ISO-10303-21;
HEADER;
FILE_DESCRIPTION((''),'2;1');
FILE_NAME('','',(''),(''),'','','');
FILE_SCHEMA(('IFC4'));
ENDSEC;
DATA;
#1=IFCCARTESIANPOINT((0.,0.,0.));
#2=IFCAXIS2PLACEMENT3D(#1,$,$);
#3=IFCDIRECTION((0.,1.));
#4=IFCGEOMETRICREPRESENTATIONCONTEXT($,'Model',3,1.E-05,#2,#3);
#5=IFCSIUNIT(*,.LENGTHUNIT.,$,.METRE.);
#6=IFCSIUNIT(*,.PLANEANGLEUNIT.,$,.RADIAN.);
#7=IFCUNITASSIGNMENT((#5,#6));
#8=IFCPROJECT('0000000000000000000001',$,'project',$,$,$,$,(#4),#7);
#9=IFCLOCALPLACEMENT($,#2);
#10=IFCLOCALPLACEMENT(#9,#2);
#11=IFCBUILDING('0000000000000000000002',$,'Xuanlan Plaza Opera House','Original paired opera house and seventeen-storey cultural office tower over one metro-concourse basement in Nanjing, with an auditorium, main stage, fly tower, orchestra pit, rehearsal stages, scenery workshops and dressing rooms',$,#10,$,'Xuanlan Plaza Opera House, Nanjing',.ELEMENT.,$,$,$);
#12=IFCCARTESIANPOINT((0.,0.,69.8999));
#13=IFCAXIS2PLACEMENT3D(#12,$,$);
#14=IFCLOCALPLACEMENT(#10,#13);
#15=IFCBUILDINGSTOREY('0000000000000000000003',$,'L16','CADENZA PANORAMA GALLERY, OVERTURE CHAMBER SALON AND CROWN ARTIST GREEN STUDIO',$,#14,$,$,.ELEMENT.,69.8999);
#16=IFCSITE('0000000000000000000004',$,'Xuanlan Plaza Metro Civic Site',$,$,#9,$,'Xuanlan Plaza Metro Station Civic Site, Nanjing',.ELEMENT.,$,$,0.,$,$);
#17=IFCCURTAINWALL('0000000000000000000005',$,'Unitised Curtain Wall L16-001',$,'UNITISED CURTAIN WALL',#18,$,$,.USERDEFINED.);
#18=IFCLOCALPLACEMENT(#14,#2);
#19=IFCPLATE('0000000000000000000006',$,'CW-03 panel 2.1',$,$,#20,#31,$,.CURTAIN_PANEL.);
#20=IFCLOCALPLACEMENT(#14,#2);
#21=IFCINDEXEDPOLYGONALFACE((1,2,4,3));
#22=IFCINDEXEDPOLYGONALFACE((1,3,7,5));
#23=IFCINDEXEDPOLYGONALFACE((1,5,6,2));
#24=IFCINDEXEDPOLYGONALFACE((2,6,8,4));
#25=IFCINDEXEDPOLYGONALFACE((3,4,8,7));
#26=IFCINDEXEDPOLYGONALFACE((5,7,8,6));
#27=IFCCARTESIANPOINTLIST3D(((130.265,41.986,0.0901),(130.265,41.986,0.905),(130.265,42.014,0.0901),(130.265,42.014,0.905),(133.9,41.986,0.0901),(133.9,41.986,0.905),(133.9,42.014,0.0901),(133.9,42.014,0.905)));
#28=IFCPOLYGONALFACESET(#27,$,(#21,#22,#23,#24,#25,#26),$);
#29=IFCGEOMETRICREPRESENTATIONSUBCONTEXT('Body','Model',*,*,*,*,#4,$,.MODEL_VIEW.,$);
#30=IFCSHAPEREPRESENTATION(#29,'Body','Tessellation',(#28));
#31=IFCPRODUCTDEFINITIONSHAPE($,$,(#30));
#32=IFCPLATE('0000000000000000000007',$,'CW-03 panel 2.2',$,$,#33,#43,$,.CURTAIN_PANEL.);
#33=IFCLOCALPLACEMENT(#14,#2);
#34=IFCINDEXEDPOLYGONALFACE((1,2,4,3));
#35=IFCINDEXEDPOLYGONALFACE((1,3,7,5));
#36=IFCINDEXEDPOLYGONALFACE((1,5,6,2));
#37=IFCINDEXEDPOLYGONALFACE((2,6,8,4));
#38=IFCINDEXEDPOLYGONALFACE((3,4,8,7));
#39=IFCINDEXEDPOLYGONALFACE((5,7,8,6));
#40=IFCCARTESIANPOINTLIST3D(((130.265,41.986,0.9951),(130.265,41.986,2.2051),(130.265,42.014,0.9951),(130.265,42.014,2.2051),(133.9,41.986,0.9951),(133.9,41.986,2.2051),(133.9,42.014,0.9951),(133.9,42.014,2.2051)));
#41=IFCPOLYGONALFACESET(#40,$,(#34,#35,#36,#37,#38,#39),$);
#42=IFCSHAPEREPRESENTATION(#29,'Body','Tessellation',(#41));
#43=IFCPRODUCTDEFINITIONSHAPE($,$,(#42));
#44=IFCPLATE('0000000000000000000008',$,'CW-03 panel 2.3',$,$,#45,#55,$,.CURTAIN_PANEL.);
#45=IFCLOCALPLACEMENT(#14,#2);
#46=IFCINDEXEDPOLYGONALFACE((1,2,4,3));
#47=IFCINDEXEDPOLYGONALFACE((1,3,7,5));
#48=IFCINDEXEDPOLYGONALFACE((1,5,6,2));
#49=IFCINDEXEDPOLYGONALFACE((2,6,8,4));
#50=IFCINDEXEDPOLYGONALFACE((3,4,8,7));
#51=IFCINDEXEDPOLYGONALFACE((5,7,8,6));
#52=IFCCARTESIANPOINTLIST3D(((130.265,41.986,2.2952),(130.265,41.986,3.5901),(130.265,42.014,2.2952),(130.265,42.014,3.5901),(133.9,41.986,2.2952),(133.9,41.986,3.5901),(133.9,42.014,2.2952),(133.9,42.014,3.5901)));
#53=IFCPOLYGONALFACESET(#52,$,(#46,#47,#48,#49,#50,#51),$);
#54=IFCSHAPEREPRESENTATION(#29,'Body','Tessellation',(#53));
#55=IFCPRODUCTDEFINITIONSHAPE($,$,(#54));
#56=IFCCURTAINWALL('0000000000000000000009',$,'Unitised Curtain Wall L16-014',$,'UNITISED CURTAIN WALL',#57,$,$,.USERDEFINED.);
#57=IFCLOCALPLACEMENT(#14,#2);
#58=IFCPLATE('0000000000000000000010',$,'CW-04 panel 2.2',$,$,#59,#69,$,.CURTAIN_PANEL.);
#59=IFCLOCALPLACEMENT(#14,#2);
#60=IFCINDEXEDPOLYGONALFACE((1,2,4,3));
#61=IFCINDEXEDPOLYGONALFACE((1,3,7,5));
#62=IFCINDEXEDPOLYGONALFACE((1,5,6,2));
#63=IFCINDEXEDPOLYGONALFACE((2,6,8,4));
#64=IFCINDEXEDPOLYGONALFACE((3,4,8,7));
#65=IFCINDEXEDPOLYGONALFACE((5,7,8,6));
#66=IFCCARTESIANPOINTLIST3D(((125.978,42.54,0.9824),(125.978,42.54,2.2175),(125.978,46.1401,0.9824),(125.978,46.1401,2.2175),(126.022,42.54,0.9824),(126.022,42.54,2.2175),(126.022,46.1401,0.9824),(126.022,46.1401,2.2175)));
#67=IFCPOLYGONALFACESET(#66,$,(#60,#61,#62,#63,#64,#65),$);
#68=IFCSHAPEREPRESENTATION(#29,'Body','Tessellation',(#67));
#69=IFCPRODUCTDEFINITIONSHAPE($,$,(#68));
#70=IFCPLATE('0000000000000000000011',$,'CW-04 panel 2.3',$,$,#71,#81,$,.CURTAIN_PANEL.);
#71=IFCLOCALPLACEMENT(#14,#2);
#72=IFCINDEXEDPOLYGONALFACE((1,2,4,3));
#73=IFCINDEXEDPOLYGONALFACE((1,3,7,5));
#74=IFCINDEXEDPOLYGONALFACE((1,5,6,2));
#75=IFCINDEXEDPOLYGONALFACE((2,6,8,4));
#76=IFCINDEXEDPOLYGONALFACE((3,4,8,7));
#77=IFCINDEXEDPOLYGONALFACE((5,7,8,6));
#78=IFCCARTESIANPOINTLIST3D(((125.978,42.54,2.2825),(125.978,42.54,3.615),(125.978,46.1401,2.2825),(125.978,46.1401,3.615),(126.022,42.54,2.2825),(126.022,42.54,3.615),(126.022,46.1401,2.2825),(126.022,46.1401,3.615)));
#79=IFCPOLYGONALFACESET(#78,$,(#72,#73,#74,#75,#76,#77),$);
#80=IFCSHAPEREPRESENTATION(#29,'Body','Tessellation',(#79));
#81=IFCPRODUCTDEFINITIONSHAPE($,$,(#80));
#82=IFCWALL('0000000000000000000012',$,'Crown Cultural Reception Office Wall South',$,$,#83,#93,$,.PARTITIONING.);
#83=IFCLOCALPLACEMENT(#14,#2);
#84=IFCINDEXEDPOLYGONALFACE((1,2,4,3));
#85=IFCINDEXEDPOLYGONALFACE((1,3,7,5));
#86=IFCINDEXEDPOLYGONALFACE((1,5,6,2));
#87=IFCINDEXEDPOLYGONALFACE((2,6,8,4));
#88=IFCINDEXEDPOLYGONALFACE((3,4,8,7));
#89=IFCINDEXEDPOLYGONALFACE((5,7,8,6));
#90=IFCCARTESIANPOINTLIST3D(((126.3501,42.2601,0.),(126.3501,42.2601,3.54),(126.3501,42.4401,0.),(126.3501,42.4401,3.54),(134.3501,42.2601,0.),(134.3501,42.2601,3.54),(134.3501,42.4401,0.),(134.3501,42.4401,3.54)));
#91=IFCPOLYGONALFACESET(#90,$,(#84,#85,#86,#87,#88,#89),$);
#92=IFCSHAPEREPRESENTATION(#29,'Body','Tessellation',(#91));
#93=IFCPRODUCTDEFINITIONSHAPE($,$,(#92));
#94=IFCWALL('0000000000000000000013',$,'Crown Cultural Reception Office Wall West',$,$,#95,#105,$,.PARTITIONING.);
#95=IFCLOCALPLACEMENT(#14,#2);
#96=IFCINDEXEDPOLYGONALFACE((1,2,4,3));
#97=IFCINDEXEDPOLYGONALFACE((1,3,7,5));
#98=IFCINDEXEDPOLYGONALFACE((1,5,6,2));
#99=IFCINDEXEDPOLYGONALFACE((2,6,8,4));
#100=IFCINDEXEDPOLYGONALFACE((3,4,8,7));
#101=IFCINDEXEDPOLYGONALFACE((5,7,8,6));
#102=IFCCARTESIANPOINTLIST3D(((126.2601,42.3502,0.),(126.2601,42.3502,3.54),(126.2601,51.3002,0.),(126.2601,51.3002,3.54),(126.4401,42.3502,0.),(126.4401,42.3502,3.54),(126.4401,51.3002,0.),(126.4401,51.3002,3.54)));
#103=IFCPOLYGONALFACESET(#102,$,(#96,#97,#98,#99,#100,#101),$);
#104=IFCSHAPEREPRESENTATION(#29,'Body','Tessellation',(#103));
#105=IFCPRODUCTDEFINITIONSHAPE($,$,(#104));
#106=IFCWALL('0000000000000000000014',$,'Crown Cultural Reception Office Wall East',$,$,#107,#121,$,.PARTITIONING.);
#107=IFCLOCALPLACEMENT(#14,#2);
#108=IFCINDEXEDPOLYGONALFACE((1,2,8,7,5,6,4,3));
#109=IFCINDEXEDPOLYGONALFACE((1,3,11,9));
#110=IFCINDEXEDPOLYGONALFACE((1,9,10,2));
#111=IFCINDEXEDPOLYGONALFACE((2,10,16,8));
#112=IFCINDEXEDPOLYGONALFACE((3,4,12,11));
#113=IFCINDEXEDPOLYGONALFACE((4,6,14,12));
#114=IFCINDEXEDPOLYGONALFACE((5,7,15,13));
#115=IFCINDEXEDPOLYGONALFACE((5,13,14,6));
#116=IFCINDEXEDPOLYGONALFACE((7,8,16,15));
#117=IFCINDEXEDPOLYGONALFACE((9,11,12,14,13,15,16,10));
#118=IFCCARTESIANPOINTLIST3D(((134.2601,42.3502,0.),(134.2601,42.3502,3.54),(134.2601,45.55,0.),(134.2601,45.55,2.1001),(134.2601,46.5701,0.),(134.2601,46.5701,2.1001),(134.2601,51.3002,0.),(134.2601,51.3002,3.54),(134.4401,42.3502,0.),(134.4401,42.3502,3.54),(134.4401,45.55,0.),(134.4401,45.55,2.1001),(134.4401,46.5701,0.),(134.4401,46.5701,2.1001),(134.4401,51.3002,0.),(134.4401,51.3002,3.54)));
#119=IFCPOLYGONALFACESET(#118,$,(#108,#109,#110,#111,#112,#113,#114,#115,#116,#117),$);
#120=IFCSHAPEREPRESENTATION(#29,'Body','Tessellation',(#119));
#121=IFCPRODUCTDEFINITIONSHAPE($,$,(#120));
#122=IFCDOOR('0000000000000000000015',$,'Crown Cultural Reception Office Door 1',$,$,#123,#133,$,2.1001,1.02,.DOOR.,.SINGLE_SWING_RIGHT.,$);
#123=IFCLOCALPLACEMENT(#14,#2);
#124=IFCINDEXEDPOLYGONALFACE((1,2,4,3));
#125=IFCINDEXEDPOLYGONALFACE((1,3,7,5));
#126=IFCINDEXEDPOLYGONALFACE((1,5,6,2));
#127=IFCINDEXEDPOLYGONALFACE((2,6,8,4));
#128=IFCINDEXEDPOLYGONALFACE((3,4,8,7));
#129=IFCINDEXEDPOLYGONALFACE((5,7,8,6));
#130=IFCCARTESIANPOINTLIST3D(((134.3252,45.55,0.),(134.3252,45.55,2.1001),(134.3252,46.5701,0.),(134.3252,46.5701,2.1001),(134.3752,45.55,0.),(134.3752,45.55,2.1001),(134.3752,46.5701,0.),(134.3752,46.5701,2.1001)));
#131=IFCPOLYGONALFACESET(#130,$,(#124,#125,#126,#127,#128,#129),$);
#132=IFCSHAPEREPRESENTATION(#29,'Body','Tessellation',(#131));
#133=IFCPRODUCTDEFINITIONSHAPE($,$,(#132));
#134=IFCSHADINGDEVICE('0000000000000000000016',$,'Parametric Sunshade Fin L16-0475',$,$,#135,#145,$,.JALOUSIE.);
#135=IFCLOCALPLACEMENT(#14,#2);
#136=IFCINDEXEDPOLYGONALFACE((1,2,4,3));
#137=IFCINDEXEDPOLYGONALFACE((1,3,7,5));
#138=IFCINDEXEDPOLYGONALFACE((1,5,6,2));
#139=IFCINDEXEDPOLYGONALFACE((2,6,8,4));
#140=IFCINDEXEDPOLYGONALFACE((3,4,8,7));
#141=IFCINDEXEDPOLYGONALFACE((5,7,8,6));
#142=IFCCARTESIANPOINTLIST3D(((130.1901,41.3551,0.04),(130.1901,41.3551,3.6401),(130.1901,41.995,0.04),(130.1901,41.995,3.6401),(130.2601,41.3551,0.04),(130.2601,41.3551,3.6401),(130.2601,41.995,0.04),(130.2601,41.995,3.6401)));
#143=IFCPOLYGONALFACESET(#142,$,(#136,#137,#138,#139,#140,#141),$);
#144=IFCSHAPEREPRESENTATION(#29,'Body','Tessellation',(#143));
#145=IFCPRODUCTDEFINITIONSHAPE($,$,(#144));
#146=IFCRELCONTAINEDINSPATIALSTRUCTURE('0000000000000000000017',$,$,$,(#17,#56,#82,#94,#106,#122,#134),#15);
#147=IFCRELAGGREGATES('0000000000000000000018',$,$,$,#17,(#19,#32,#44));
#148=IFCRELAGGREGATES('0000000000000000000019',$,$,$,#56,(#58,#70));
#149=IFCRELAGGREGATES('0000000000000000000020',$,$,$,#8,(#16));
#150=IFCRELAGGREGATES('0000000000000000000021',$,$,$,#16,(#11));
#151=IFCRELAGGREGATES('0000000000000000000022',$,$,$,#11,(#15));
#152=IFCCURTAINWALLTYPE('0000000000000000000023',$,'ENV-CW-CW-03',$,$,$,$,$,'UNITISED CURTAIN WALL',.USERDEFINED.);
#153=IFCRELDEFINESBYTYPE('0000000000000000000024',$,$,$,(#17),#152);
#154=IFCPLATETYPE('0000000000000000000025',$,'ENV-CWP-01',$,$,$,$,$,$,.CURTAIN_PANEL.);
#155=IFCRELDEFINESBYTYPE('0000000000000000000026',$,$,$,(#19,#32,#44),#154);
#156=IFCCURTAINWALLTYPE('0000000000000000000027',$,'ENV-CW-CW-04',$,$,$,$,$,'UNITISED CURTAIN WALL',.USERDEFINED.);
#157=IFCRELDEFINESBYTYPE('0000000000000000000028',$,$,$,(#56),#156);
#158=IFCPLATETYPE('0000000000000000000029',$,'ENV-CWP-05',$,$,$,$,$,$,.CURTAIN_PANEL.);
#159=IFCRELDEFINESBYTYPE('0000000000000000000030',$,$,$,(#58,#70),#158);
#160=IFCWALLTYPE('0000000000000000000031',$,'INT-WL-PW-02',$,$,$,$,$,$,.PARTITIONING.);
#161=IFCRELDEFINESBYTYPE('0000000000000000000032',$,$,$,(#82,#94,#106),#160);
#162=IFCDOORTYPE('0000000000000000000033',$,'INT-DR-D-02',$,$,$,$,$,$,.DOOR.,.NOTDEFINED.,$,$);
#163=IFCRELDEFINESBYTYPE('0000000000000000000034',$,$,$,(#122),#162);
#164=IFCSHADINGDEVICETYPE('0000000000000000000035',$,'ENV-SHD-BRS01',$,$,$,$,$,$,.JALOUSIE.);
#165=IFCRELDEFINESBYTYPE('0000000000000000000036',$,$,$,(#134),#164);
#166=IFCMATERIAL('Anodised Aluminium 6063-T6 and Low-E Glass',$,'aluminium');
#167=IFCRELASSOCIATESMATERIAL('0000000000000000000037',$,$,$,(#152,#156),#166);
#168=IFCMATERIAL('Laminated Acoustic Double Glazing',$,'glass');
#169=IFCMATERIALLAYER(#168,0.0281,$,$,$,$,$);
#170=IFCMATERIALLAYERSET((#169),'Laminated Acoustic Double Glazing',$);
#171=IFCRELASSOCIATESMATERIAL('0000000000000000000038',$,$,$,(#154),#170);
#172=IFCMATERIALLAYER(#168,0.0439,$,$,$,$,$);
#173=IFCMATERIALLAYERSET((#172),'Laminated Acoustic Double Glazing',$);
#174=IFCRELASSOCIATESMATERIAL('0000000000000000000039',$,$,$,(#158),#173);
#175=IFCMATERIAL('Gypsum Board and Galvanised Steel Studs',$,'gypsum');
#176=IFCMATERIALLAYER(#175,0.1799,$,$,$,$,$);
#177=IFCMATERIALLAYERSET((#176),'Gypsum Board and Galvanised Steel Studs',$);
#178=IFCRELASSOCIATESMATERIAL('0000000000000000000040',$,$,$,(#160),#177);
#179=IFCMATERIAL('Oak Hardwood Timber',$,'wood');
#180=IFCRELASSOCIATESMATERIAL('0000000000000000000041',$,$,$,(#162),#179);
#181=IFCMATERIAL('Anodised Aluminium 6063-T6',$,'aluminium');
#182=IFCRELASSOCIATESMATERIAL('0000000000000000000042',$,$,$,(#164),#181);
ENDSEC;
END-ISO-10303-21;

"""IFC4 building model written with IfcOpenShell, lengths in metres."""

from ifc_helpers import new_model, si_unit, direction, frame, frame_2d, origin, origin_2d, place, context, subcontext, project, spatial, rectangle, extrude, material, layer, layer_set, type_object, element, fill, aggregate, save


model = new_model("IFC4")

# Units and contexts
model_context = context("Model", 3, precision=1e-05, world=origin(), true_north=direction((0.0, 1.0)))
body_context = subcontext(model_context, "Body", "Model", "MODEL_VIEW")
ifc_project = project(units=[si_unit("LENGTHUNIT", "METRE"), si_unit("PLANEANGLEUNIT", "RADIAN")], contexts=[model_context])

# Site, building, storey
site_placement = place(None, origin())
site = spatial("IfcSite", under=ifc_project, at=site_placement, Name="Xuanlan Plaza Metro Civic Site", LongName="Xuanlan Plaza Metro Station Civic Site, Nanjing", CompositionType="ELEMENT", RefElevation=0.0)
building_placement = place(site_placement, origin())
building = spatial("IfcBuilding", under=site, at=building_placement, Name="Xuanlan Plaza Opera House", Description="Original paired opera house and seventeen-storey cultural office tower over one metro-concourse basement in Nanjing, with an auditorium, main stage, fly tower, orchestra pit, rehearsal stages, scenery workshops and dressing rooms", LongName="Xuanlan Plaza Opera House, Nanjing", CompositionType="ELEMENT")
storey_placement = place(building_placement, frame((0.0, 0.0, 69.8999)))
storey = spatial("IfcBuildingStorey", under=building, at=storey_placement, Name="L16", Description="CADENZA PANORAMA GALLERY, OVERTURE CHAMBER SALON AND CROWN ARTIST GREEN STUDIO", CompositionType="ELEMENT", Elevation=69.8999)

# Curtain wall, plates
ifc_material_1 = material(Name="Anodised Aluminium 6063-T6 and Low-E Glass", Category="aluminium")
curtain_wall_type_1 = type_object("IfcCurtainWallType", Name="ENV-CW-CW-03", ElementType="UNITISED CURTAIN WALL", PredefinedType="USERDEFINED", material=ifc_material_1)
curtain_wall_1_placement = place(storey_placement, origin())
curtain_wall_1 = element("IfcCurtainWall", 1, at=curtain_wall_1_placement, inside=storey, type_object=curtain_wall_type_1, Name="Unitised Curtain Wall L16-001", ObjectType="UNITISED CURTAIN WALL", PredefinedType="USERDEFINED")
ifc_material_2 = material(Name="Anodised Aluminium 6063-T6", Category="aluminium")
ifc_material_3 = material(Name="Laminated Acoustic Double Glazing", Category="glass")
ifc_layer_1 = layer(ifc_material_3, 0.0281)
ifc_layer_set_1 = layer_set([ifc_layer_1], Name="Laminated Acoustic Double Glazing")
plate_type_1 = type_object("IfcPlateType", Name="ENV-CWP-01", PredefinedType="CURTAIN_PANEL", material=ifc_layer_set_1)
plate_1_placement = place(storey_placement, frame((132.0825, 42.0, 0.0901), z_axis=(0.0, 0.0, 1.0), x_axis=(1.0, 0.0, 0.0)))
plate_1 = element("IfcPlate", 2, at=plate_1_placement, type_object=plate_type_1, Name="CW-03 panel 2.1", PredefinedType="CURTAIN_PANEL", context=body_context, shape_type="SweptSolid", body=[
    extrude(rectangle(XDim=3.635, YDim=0.0281, at=origin_2d()), origin(), (0.0, 0.0, 1.0), 0.8149),
])
plate_2_placement = place(storey_placement, frame((132.0825, 42.0, 0.9951), z_axis=(0.0, 0.0, 1.0), x_axis=(1.0, 0.0, 0.0)))
plate_2 = element("IfcPlate", 3, at=plate_2_placement, type_object=plate_type_1, Name="CW-03 panel 2.2", PredefinedType="CURTAIN_PANEL", context=body_context, shape_type="SweptSolid", body=[
    extrude(rectangle(XDim=3.635, YDim=0.0281, at=origin_2d()), origin(), (0.0, 0.0, 1.0), 1.21),
])
plate_3_placement = place(storey_placement, frame((132.0825, 42.0, 2.2952), z_axis=(0.0, 0.0, 1.0), x_axis=(1.0, 0.0, 0.0)))
plate_3 = element("IfcPlate", 4, at=plate_3_placement, type_object=plate_type_1, Name="CW-03 panel 2.3", PredefinedType="CURTAIN_PANEL", context=body_context, shape_type="SweptSolid", body=[
    extrude(rectangle(XDim=3.635, YDim=0.0281, at=origin_2d()), origin(), (0.0, 0.0, 1.0), 1.2949),
])
aggregate(curtain_wall_1, [plate_1, plate_2, plate_3])

# Curtain wall, plates
curtain_wall_type_2 = type_object("IfcCurtainWallType", Name="ENV-CW-CW-04", ElementType="UNITISED CURTAIN WALL", PredefinedType="USERDEFINED", material=ifc_material_1)
curtain_wall_2_placement = place(storey_placement, origin())
curtain_wall_2 = element("IfcCurtainWall", 5, at=curtain_wall_2_placement, inside=storey, type_object=curtain_wall_type_2, Name="Unitised Curtain Wall L16-014", ObjectType="UNITISED CURTAIN WALL", PredefinedType="USERDEFINED")
ifc_layer_2 = layer(ifc_material_3, 0.0439)
ifc_layer_set_2 = layer_set([ifc_layer_2], Name="Laminated Acoustic Double Glazing")
plate_type_2 = type_object("IfcPlateType", Name="ENV-CWP-05", PredefinedType="CURTAIN_PANEL", material=ifc_layer_set_2)
plate_4_placement = place(storey_placement, frame((126.0, 44.3401, 0.9824), z_axis=(0.0, 0.0, 1.0), x_axis=(0.0, -1.0, 0.0)))
plate_4 = element("IfcPlate", 6, at=plate_4_placement, type_object=plate_type_2, Name="CW-04 panel 2.2", PredefinedType="CURTAIN_PANEL", context=body_context, shape_type="SweptSolid", body=[
    extrude(rectangle(XDim=3.6001, YDim=0.0439, at=origin_2d()), origin(), (0.0, 0.0, 1.0), 1.2351),
])
plate_5_placement = place(storey_placement, frame((126.0, 44.3401, 2.2825), z_axis=(0.0, 0.0, 1.0), x_axis=(0.0, -1.0, 0.0)))
plate_5 = element("IfcPlate", 7, at=plate_5_placement, type_object=plate_type_2, Name="CW-04 panel 2.3", PredefinedType="CURTAIN_PANEL", context=body_context, shape_type="SweptSolid", body=[
    extrude(rectangle(XDim=3.6001, YDim=0.0439, at=origin_2d()), origin(), (0.0, 0.0, 1.0), 1.3325),
])
aggregate(curtain_wall_2, [plate_4, plate_5])

# Walls
ifc_material_4 = material(Name="Gypsum Board and Galvanised Steel Studs", Category="gypsum")
ifc_layer_3 = layer(ifc_material_4, 0.1799)
ifc_layer_set_3 = layer_set([ifc_layer_3], Name="Gypsum Board and Galvanised Steel Studs")
wall_type = type_object("IfcWallType", Name="INT-WL-PW-02", PredefinedType="PARTITIONING", material=ifc_layer_set_3)
wall_1_placement = place(storey_placement, frame((126.3501, 42.3501, 0.0), z_axis=(0.0, 0.0, 1.0), x_axis=(1.0, 0.0, 0.0)))
element("IfcWall", 8, at=wall_1_placement, inside=storey, type_object=wall_type, Name="Crown Cultural Reception Office Wall South", PredefinedType="PARTITIONING", context=body_context, shape_type="SweptSolid", body=[
    extrude(rectangle(XDim=8.0, YDim=0.1799, at=frame_2d((4.0, 0.0))), origin(), (0.0, 0.0, 1.0), 3.54),
])
wall_2_placement = place(storey_placement, frame((126.3501, 42.3501, 0.0), z_axis=(0.0, 0.0, 1.0), x_axis=(0.0, 1.0, 0.0)))
element("IfcWall", 9, at=wall_2_placement, inside=storey, type_object=wall_type, Name="Crown Cultural Reception Office Wall West", PredefinedType="PARTITIONING", context=body_context, shape_type="SweptSolid", body=[
    extrude(rectangle(XDim=8.95, YDim=0.1799, at=frame_2d((4.4751, 0.0))), origin(), (0.0, 0.0, 1.0), 3.54),
])

# Wall, opening, door
wall_3_placement = place(storey_placement, frame((134.3501, 42.3501, 0.0), z_axis=(0.0, 0.0, 1.0), x_axis=(0.0, 1.0, 0.0)))
wall_3 = element("IfcWall", 10, at=wall_3_placement, inside=storey, type_object=wall_type, Name="Crown Cultural Reception Office Wall East", PredefinedType="PARTITIONING", context=body_context, shape_type="SweptSolid", body=[
    extrude(rectangle(XDim=8.95, YDim=0.1799, at=frame_2d((4.4751, 0.0))), origin(), (0.0, 0.0, 1.0), 3.54),
])
opening_placement = place(wall_3_placement, frame((3.2, 0.0, 0.0)))
opening = element("IfcOpeningElement", 11, at=opening_placement, cuts=wall_3, PredefinedType="OPENING", context=body_context, shape_type="SweptSolid", body=[
    extrude(rectangle(XDim=1.02, YDim=2.1001, at=frame_2d((0.51, 1.05))), frame((0.0, 0.0999, 0.0), z_axis=(0.0, -1.0, 0.0), x_axis=(1.0, 0.0, 0.0)), (0.0, 0.0, 1.0), 0.2),
])
ifc_material_5 = material(Name="Oak Hardwood Timber", Category="wood")
door_type = type_object("IfcDoorType", Name="INT-DR-D-02", OperationType="NOTDEFINED", PredefinedType="DOOR", material=ifc_material_5)
door_placement = place(opening_placement, origin())
door = element("IfcDoor", 12, at=door_placement, inside=storey, type_object=door_type, Name="Crown Cultural Reception Office Door 1", OperationType="SINGLE_SWING_RIGHT", OverallHeight=2.1001, OverallWidth=1.02, PredefinedType="DOOR", context=body_context, shape_type="SweptSolid", body=[
    extrude(rectangle(XDim=1.02, YDim=2.1001, at=frame_2d((0.51, 1.05))), frame((0.0, 0.0249, 0.0), z_axis=(0.0, -1.0, 0.0), x_axis=(1.0, 0.0, 0.0)), (0.0, 0.0, 1.0), 0.05),
])
fill(opening, door)

# Shading device
shading_device_type = type_object("IfcShadingDeviceType", Name="ENV-SHD-BRS01", PredefinedType="JALOUSIE", material=ifc_material_2)
shading_device_placement = place(storey_placement, frame((130.2251, 41.675, 0.04), z_axis=(0.0, 0.0, 1.0), x_axis=(0.0, -1.0, 0.0)))
element("IfcShadingDevice", 13, at=shading_device_placement, inside=storey, type_object=shading_device_type, Name="Parametric Sunshade Fin L16-0475", PredefinedType="JALOUSIE", context=body_context, shape_type="SweptSolid", body=[
    extrude(rectangle(XDim=0.6399, YDim=0.0701, at=origin_2d()), origin(), (0.0, 0.0, 1.0), 3.6001),
])

save(model, "model.ifc")
